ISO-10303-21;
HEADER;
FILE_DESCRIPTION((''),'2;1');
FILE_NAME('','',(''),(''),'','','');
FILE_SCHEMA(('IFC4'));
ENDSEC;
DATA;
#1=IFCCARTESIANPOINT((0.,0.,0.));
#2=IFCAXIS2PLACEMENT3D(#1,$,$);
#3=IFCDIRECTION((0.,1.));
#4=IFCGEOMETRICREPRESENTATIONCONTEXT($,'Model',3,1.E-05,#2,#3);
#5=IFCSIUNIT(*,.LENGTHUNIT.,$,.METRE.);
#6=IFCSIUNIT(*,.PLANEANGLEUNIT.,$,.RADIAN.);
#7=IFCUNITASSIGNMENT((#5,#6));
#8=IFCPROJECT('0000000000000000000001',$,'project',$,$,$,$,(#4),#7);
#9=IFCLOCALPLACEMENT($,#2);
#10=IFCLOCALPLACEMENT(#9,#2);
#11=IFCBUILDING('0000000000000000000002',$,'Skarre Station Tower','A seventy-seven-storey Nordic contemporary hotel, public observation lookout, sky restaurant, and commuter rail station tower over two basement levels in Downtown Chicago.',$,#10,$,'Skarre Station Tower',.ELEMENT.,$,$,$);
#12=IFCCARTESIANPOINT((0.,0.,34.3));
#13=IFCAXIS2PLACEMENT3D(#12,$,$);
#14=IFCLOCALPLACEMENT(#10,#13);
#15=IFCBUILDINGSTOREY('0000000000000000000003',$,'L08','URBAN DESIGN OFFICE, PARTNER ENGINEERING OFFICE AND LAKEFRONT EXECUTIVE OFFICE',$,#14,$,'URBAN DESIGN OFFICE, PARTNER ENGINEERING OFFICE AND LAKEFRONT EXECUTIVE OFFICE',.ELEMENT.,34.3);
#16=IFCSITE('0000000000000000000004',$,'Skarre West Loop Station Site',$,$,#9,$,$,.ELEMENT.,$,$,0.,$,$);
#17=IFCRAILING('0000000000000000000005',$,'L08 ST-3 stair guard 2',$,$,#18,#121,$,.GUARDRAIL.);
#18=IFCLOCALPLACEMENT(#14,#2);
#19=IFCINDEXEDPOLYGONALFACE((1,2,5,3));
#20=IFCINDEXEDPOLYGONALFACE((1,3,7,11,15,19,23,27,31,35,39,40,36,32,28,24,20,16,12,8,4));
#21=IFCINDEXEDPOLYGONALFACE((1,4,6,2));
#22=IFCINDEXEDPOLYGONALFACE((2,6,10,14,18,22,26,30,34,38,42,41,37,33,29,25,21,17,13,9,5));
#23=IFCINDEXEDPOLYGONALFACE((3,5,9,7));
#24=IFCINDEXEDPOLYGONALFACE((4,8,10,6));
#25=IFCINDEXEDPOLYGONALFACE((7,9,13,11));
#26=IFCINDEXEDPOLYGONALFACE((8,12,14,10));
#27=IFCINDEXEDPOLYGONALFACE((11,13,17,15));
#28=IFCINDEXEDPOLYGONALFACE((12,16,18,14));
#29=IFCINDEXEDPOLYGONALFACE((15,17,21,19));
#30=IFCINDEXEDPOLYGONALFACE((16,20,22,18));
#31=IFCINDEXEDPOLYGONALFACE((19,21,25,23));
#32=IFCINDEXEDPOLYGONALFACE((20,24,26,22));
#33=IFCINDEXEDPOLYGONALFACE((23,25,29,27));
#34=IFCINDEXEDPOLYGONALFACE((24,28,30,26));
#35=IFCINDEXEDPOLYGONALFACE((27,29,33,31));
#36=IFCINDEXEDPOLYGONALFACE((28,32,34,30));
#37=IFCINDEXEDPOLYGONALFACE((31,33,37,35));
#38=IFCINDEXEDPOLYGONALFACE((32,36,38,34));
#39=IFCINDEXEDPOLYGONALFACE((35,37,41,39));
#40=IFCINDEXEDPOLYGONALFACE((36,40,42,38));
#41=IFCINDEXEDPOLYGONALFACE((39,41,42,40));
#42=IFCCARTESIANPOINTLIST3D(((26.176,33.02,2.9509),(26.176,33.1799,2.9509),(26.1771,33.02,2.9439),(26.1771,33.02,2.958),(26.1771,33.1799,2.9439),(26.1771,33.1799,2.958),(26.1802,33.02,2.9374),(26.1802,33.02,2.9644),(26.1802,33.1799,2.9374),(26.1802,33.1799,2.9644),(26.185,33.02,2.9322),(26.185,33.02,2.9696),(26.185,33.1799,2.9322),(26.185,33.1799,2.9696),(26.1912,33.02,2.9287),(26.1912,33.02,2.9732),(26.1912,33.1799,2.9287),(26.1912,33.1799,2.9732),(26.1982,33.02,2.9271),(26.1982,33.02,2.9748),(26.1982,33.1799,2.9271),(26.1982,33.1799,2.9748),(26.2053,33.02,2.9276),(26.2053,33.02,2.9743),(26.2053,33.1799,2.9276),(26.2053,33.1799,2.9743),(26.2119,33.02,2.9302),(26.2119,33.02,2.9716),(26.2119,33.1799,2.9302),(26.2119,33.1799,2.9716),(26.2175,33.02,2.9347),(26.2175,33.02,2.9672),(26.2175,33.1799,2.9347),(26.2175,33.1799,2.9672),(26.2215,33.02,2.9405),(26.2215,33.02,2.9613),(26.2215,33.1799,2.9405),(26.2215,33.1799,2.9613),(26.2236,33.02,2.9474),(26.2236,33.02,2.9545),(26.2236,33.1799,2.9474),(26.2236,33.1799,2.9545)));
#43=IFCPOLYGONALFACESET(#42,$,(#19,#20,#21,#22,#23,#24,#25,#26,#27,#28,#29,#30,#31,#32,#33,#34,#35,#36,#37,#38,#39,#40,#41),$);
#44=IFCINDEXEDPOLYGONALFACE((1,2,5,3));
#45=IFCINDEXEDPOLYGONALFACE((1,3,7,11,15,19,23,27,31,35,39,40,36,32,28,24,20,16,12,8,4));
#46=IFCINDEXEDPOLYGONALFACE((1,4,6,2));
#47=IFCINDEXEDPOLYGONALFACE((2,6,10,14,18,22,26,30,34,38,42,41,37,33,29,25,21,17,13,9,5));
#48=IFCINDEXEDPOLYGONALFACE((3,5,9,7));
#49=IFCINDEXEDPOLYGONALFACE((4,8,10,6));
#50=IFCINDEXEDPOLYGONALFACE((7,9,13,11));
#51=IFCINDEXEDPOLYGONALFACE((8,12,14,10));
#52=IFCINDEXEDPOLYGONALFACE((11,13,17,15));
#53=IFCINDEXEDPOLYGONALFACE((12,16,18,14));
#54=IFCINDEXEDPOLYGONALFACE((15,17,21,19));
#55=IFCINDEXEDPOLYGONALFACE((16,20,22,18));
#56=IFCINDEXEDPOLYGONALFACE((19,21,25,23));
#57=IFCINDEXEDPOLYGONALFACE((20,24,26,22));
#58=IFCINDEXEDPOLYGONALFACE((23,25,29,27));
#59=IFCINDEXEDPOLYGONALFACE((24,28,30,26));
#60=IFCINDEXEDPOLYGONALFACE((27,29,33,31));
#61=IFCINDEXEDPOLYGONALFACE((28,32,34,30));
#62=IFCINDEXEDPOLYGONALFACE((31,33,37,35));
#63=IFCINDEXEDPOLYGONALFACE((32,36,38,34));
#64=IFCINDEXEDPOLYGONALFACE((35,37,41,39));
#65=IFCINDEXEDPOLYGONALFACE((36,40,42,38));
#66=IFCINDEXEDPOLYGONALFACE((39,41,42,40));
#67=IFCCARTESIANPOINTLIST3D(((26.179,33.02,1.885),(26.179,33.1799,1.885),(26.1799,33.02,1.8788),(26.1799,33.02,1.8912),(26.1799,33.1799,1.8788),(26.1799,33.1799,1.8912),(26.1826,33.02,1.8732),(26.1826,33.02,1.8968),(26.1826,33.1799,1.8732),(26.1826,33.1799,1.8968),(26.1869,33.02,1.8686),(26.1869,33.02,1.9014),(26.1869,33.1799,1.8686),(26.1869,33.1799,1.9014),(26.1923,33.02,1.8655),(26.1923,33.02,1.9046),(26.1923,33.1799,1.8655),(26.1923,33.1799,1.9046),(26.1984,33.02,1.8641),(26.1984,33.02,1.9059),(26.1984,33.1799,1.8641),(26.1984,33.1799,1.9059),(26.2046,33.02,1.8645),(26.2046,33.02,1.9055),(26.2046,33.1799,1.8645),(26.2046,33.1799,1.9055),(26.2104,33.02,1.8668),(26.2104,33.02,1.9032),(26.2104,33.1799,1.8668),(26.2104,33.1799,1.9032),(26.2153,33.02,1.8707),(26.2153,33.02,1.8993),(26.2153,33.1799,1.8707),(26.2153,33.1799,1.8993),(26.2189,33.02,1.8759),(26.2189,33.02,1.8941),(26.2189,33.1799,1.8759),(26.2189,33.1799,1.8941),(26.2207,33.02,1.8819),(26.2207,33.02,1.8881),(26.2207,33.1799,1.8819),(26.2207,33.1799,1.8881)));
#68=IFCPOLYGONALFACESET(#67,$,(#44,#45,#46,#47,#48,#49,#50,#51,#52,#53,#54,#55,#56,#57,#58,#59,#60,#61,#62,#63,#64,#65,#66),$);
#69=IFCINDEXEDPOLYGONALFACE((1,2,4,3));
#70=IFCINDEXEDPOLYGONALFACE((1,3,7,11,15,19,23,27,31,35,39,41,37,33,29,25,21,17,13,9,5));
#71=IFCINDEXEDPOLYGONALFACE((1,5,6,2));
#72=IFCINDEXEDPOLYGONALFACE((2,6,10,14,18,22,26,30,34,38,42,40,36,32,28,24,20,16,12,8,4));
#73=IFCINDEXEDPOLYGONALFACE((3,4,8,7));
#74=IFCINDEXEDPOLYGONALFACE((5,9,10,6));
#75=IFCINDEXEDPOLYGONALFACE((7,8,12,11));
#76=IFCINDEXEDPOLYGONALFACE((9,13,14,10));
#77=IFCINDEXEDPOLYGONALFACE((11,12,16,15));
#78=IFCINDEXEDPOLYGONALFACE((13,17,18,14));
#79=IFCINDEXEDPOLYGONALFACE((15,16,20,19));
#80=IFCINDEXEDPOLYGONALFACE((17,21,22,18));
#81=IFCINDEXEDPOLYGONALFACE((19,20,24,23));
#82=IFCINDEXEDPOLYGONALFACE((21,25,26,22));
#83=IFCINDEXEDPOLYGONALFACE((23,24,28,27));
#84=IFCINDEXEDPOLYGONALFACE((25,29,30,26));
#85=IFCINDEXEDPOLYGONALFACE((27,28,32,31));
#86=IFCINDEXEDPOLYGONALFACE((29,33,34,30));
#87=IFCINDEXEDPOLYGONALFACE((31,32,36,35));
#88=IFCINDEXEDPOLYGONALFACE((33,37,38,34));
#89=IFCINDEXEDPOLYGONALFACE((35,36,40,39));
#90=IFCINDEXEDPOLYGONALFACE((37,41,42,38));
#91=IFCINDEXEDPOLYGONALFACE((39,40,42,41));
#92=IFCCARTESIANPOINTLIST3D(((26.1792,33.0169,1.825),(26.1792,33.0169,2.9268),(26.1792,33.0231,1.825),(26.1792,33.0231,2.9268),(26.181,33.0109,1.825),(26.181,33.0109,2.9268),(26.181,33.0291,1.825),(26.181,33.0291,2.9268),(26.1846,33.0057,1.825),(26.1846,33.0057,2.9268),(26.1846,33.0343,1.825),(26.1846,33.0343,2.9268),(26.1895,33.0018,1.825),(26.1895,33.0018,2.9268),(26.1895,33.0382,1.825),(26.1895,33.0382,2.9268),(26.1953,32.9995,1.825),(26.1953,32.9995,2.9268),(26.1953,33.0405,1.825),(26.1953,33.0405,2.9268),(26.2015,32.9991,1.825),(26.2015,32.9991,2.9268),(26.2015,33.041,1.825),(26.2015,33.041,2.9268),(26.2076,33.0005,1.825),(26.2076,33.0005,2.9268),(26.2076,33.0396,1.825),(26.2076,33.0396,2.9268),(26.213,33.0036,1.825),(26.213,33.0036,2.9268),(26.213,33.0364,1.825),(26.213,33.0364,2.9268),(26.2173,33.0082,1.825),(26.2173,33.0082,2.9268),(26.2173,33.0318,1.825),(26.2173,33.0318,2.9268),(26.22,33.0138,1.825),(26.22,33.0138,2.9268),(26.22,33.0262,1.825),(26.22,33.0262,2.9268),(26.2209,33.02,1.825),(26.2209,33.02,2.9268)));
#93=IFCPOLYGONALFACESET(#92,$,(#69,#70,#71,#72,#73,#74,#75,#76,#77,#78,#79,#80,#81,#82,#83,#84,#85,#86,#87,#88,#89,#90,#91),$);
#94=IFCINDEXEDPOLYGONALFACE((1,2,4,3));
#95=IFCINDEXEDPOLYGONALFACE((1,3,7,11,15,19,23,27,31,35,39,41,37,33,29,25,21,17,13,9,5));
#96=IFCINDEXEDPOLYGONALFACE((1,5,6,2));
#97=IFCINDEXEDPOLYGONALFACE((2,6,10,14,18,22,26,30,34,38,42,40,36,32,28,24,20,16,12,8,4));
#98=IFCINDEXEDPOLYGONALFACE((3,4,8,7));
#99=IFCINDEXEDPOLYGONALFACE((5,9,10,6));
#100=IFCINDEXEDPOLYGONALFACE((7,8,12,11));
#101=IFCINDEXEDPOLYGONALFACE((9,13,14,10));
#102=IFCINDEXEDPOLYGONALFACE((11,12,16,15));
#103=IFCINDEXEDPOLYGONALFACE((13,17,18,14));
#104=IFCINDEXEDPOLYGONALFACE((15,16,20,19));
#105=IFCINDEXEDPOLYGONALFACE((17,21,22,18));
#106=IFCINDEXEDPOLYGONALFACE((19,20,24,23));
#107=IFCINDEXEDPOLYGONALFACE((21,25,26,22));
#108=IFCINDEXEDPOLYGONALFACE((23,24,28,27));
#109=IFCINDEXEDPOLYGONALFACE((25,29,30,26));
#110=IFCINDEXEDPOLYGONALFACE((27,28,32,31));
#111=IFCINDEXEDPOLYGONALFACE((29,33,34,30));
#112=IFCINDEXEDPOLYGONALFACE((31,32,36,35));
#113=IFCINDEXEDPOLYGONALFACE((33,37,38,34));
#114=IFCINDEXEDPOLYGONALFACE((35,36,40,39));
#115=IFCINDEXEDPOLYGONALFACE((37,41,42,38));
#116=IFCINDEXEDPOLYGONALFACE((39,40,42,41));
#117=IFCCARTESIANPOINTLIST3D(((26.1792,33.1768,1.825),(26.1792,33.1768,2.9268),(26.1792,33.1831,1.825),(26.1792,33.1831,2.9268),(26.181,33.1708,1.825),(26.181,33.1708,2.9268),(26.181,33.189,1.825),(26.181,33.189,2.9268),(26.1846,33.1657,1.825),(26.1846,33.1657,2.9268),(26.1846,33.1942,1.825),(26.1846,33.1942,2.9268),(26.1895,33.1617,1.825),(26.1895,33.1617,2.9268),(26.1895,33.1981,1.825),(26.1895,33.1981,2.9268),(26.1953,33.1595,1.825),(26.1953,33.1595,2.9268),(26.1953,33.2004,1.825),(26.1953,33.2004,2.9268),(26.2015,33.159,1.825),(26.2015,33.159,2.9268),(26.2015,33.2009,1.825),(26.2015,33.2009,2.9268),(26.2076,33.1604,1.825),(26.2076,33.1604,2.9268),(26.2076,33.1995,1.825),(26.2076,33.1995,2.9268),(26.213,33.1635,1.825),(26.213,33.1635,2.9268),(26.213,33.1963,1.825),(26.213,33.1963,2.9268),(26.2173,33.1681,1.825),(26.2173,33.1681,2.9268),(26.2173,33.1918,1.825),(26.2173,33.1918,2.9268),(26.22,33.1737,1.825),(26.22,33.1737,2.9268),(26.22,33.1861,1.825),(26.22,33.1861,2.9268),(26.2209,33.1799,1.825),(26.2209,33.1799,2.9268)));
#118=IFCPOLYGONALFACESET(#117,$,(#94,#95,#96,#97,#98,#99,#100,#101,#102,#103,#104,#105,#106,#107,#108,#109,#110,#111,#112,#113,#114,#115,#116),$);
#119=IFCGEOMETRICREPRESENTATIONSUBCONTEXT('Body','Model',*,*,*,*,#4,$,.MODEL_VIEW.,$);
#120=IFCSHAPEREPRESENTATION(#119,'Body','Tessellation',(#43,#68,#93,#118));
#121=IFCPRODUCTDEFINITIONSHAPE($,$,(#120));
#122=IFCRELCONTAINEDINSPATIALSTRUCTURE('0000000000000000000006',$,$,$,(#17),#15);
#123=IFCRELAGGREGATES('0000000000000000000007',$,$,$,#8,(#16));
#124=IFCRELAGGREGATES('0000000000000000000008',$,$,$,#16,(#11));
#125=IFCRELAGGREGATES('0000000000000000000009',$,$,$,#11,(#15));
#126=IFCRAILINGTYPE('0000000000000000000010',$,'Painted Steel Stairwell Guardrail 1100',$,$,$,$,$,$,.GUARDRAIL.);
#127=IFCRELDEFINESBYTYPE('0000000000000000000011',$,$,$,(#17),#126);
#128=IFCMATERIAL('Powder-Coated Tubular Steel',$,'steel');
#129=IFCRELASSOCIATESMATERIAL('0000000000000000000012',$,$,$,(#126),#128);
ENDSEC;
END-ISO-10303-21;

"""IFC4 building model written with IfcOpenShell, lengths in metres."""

from ifc_helpers import new_model, si_unit, direction, frame, origin, origin_2d, place, context, subcontext, project, spatial, circle, extrude, material, type_object, element, save


model = new_model("IFC4")

# Units and contexts
model_context = context("Model", 3, precision=1e-05, world=origin(), true_north=direction((0.0, 1.0)))
body_context = subcontext(model_context, "Body", "Model", "MODEL_VIEW")
ifc_project = project(units=[si_unit("LENGTHUNIT", "METRE"), si_unit("PLANEANGLEUNIT", "RADIAN")], contexts=[model_context])

# Site, building, storey
site_placement = place(None, origin())
site = spatial("IfcSite", under=ifc_project, at=site_placement, Name="Skarre West Loop Station Site", CompositionType="ELEMENT", RefElevation=0.0)
building_placement = place(site_placement, origin())
building = spatial("IfcBuilding", under=site, at=building_placement, Name="Skarre Station Tower", Description="A seventy-seven-storey Nordic contemporary hotel, public observation lookout, sky restaurant, and commuter rail station tower over two basement levels in Downtown Chicago.", LongName="Skarre Station Tower", CompositionType="ELEMENT")
storey_placement = place(building_placement, frame((0.0, 0.0, 34.3)))
storey = spatial("IfcBuildingStorey", under=building, at=storey_placement, Name="L08", Description="URBAN DESIGN OFFICE, PARTNER ENGINEERING OFFICE AND LAKEFRONT EXECUTIVE OFFICE", LongName="URBAN DESIGN OFFICE, PARTNER ENGINEERING OFFICE AND LAKEFRONT EXECUTIVE OFFICE", CompositionType="ELEMENT", Elevation=34.3)

# Railing
ifc_material_1 = material(Name="Powder-Coated Tubular Steel", Category="steel")
railing_type_1 = type_object("IfcRailingType", Name="Painted Steel Stairwell Guardrail 1100", PredefinedType="GUARDRAIL", material=ifc_material_1)
railing_1_placement = place(storey_placement, frame((26.2, 33.02, 1.825)))
element("IfcRailing", 1, at=railing_1_placement, inside=storey, type_object=railing_type_1, Name="L08 ST-3 stair guard 2", PredefinedType="GUARDRAIL", context=body_context, shape_type="SweptSolid", body=[
    extrude(circle(Radius=0.0239, at=origin_2d()), frame((0.0, 0.0, 1.126), z_axis=(0.0, 1.0, 0.0), x_axis=(-1.0, 0.0, 0.0)), (0.0, 0.0, 1.0), 0.1599),
    extrude(circle(Radius=0.021, at=origin_2d()), frame((0.0, 0.0, 0.0601), z_axis=(0.0, 1.0, 0.0), x_axis=(-1.0, 0.0, 0.0)), (0.0, 0.0, 1.0), 0.1599),
    extrude(circle(Radius=0.021, at=origin_2d()), origin(), (0.0, 0.0, 1.0), 1.1018),
    extrude(circle(Radius=0.021, at=origin_2d()), frame((0.0, 0.1599, 0.0)), (0.0, 0.0, 1.0), 1.1018),
])

save(model, "model.ifc")
